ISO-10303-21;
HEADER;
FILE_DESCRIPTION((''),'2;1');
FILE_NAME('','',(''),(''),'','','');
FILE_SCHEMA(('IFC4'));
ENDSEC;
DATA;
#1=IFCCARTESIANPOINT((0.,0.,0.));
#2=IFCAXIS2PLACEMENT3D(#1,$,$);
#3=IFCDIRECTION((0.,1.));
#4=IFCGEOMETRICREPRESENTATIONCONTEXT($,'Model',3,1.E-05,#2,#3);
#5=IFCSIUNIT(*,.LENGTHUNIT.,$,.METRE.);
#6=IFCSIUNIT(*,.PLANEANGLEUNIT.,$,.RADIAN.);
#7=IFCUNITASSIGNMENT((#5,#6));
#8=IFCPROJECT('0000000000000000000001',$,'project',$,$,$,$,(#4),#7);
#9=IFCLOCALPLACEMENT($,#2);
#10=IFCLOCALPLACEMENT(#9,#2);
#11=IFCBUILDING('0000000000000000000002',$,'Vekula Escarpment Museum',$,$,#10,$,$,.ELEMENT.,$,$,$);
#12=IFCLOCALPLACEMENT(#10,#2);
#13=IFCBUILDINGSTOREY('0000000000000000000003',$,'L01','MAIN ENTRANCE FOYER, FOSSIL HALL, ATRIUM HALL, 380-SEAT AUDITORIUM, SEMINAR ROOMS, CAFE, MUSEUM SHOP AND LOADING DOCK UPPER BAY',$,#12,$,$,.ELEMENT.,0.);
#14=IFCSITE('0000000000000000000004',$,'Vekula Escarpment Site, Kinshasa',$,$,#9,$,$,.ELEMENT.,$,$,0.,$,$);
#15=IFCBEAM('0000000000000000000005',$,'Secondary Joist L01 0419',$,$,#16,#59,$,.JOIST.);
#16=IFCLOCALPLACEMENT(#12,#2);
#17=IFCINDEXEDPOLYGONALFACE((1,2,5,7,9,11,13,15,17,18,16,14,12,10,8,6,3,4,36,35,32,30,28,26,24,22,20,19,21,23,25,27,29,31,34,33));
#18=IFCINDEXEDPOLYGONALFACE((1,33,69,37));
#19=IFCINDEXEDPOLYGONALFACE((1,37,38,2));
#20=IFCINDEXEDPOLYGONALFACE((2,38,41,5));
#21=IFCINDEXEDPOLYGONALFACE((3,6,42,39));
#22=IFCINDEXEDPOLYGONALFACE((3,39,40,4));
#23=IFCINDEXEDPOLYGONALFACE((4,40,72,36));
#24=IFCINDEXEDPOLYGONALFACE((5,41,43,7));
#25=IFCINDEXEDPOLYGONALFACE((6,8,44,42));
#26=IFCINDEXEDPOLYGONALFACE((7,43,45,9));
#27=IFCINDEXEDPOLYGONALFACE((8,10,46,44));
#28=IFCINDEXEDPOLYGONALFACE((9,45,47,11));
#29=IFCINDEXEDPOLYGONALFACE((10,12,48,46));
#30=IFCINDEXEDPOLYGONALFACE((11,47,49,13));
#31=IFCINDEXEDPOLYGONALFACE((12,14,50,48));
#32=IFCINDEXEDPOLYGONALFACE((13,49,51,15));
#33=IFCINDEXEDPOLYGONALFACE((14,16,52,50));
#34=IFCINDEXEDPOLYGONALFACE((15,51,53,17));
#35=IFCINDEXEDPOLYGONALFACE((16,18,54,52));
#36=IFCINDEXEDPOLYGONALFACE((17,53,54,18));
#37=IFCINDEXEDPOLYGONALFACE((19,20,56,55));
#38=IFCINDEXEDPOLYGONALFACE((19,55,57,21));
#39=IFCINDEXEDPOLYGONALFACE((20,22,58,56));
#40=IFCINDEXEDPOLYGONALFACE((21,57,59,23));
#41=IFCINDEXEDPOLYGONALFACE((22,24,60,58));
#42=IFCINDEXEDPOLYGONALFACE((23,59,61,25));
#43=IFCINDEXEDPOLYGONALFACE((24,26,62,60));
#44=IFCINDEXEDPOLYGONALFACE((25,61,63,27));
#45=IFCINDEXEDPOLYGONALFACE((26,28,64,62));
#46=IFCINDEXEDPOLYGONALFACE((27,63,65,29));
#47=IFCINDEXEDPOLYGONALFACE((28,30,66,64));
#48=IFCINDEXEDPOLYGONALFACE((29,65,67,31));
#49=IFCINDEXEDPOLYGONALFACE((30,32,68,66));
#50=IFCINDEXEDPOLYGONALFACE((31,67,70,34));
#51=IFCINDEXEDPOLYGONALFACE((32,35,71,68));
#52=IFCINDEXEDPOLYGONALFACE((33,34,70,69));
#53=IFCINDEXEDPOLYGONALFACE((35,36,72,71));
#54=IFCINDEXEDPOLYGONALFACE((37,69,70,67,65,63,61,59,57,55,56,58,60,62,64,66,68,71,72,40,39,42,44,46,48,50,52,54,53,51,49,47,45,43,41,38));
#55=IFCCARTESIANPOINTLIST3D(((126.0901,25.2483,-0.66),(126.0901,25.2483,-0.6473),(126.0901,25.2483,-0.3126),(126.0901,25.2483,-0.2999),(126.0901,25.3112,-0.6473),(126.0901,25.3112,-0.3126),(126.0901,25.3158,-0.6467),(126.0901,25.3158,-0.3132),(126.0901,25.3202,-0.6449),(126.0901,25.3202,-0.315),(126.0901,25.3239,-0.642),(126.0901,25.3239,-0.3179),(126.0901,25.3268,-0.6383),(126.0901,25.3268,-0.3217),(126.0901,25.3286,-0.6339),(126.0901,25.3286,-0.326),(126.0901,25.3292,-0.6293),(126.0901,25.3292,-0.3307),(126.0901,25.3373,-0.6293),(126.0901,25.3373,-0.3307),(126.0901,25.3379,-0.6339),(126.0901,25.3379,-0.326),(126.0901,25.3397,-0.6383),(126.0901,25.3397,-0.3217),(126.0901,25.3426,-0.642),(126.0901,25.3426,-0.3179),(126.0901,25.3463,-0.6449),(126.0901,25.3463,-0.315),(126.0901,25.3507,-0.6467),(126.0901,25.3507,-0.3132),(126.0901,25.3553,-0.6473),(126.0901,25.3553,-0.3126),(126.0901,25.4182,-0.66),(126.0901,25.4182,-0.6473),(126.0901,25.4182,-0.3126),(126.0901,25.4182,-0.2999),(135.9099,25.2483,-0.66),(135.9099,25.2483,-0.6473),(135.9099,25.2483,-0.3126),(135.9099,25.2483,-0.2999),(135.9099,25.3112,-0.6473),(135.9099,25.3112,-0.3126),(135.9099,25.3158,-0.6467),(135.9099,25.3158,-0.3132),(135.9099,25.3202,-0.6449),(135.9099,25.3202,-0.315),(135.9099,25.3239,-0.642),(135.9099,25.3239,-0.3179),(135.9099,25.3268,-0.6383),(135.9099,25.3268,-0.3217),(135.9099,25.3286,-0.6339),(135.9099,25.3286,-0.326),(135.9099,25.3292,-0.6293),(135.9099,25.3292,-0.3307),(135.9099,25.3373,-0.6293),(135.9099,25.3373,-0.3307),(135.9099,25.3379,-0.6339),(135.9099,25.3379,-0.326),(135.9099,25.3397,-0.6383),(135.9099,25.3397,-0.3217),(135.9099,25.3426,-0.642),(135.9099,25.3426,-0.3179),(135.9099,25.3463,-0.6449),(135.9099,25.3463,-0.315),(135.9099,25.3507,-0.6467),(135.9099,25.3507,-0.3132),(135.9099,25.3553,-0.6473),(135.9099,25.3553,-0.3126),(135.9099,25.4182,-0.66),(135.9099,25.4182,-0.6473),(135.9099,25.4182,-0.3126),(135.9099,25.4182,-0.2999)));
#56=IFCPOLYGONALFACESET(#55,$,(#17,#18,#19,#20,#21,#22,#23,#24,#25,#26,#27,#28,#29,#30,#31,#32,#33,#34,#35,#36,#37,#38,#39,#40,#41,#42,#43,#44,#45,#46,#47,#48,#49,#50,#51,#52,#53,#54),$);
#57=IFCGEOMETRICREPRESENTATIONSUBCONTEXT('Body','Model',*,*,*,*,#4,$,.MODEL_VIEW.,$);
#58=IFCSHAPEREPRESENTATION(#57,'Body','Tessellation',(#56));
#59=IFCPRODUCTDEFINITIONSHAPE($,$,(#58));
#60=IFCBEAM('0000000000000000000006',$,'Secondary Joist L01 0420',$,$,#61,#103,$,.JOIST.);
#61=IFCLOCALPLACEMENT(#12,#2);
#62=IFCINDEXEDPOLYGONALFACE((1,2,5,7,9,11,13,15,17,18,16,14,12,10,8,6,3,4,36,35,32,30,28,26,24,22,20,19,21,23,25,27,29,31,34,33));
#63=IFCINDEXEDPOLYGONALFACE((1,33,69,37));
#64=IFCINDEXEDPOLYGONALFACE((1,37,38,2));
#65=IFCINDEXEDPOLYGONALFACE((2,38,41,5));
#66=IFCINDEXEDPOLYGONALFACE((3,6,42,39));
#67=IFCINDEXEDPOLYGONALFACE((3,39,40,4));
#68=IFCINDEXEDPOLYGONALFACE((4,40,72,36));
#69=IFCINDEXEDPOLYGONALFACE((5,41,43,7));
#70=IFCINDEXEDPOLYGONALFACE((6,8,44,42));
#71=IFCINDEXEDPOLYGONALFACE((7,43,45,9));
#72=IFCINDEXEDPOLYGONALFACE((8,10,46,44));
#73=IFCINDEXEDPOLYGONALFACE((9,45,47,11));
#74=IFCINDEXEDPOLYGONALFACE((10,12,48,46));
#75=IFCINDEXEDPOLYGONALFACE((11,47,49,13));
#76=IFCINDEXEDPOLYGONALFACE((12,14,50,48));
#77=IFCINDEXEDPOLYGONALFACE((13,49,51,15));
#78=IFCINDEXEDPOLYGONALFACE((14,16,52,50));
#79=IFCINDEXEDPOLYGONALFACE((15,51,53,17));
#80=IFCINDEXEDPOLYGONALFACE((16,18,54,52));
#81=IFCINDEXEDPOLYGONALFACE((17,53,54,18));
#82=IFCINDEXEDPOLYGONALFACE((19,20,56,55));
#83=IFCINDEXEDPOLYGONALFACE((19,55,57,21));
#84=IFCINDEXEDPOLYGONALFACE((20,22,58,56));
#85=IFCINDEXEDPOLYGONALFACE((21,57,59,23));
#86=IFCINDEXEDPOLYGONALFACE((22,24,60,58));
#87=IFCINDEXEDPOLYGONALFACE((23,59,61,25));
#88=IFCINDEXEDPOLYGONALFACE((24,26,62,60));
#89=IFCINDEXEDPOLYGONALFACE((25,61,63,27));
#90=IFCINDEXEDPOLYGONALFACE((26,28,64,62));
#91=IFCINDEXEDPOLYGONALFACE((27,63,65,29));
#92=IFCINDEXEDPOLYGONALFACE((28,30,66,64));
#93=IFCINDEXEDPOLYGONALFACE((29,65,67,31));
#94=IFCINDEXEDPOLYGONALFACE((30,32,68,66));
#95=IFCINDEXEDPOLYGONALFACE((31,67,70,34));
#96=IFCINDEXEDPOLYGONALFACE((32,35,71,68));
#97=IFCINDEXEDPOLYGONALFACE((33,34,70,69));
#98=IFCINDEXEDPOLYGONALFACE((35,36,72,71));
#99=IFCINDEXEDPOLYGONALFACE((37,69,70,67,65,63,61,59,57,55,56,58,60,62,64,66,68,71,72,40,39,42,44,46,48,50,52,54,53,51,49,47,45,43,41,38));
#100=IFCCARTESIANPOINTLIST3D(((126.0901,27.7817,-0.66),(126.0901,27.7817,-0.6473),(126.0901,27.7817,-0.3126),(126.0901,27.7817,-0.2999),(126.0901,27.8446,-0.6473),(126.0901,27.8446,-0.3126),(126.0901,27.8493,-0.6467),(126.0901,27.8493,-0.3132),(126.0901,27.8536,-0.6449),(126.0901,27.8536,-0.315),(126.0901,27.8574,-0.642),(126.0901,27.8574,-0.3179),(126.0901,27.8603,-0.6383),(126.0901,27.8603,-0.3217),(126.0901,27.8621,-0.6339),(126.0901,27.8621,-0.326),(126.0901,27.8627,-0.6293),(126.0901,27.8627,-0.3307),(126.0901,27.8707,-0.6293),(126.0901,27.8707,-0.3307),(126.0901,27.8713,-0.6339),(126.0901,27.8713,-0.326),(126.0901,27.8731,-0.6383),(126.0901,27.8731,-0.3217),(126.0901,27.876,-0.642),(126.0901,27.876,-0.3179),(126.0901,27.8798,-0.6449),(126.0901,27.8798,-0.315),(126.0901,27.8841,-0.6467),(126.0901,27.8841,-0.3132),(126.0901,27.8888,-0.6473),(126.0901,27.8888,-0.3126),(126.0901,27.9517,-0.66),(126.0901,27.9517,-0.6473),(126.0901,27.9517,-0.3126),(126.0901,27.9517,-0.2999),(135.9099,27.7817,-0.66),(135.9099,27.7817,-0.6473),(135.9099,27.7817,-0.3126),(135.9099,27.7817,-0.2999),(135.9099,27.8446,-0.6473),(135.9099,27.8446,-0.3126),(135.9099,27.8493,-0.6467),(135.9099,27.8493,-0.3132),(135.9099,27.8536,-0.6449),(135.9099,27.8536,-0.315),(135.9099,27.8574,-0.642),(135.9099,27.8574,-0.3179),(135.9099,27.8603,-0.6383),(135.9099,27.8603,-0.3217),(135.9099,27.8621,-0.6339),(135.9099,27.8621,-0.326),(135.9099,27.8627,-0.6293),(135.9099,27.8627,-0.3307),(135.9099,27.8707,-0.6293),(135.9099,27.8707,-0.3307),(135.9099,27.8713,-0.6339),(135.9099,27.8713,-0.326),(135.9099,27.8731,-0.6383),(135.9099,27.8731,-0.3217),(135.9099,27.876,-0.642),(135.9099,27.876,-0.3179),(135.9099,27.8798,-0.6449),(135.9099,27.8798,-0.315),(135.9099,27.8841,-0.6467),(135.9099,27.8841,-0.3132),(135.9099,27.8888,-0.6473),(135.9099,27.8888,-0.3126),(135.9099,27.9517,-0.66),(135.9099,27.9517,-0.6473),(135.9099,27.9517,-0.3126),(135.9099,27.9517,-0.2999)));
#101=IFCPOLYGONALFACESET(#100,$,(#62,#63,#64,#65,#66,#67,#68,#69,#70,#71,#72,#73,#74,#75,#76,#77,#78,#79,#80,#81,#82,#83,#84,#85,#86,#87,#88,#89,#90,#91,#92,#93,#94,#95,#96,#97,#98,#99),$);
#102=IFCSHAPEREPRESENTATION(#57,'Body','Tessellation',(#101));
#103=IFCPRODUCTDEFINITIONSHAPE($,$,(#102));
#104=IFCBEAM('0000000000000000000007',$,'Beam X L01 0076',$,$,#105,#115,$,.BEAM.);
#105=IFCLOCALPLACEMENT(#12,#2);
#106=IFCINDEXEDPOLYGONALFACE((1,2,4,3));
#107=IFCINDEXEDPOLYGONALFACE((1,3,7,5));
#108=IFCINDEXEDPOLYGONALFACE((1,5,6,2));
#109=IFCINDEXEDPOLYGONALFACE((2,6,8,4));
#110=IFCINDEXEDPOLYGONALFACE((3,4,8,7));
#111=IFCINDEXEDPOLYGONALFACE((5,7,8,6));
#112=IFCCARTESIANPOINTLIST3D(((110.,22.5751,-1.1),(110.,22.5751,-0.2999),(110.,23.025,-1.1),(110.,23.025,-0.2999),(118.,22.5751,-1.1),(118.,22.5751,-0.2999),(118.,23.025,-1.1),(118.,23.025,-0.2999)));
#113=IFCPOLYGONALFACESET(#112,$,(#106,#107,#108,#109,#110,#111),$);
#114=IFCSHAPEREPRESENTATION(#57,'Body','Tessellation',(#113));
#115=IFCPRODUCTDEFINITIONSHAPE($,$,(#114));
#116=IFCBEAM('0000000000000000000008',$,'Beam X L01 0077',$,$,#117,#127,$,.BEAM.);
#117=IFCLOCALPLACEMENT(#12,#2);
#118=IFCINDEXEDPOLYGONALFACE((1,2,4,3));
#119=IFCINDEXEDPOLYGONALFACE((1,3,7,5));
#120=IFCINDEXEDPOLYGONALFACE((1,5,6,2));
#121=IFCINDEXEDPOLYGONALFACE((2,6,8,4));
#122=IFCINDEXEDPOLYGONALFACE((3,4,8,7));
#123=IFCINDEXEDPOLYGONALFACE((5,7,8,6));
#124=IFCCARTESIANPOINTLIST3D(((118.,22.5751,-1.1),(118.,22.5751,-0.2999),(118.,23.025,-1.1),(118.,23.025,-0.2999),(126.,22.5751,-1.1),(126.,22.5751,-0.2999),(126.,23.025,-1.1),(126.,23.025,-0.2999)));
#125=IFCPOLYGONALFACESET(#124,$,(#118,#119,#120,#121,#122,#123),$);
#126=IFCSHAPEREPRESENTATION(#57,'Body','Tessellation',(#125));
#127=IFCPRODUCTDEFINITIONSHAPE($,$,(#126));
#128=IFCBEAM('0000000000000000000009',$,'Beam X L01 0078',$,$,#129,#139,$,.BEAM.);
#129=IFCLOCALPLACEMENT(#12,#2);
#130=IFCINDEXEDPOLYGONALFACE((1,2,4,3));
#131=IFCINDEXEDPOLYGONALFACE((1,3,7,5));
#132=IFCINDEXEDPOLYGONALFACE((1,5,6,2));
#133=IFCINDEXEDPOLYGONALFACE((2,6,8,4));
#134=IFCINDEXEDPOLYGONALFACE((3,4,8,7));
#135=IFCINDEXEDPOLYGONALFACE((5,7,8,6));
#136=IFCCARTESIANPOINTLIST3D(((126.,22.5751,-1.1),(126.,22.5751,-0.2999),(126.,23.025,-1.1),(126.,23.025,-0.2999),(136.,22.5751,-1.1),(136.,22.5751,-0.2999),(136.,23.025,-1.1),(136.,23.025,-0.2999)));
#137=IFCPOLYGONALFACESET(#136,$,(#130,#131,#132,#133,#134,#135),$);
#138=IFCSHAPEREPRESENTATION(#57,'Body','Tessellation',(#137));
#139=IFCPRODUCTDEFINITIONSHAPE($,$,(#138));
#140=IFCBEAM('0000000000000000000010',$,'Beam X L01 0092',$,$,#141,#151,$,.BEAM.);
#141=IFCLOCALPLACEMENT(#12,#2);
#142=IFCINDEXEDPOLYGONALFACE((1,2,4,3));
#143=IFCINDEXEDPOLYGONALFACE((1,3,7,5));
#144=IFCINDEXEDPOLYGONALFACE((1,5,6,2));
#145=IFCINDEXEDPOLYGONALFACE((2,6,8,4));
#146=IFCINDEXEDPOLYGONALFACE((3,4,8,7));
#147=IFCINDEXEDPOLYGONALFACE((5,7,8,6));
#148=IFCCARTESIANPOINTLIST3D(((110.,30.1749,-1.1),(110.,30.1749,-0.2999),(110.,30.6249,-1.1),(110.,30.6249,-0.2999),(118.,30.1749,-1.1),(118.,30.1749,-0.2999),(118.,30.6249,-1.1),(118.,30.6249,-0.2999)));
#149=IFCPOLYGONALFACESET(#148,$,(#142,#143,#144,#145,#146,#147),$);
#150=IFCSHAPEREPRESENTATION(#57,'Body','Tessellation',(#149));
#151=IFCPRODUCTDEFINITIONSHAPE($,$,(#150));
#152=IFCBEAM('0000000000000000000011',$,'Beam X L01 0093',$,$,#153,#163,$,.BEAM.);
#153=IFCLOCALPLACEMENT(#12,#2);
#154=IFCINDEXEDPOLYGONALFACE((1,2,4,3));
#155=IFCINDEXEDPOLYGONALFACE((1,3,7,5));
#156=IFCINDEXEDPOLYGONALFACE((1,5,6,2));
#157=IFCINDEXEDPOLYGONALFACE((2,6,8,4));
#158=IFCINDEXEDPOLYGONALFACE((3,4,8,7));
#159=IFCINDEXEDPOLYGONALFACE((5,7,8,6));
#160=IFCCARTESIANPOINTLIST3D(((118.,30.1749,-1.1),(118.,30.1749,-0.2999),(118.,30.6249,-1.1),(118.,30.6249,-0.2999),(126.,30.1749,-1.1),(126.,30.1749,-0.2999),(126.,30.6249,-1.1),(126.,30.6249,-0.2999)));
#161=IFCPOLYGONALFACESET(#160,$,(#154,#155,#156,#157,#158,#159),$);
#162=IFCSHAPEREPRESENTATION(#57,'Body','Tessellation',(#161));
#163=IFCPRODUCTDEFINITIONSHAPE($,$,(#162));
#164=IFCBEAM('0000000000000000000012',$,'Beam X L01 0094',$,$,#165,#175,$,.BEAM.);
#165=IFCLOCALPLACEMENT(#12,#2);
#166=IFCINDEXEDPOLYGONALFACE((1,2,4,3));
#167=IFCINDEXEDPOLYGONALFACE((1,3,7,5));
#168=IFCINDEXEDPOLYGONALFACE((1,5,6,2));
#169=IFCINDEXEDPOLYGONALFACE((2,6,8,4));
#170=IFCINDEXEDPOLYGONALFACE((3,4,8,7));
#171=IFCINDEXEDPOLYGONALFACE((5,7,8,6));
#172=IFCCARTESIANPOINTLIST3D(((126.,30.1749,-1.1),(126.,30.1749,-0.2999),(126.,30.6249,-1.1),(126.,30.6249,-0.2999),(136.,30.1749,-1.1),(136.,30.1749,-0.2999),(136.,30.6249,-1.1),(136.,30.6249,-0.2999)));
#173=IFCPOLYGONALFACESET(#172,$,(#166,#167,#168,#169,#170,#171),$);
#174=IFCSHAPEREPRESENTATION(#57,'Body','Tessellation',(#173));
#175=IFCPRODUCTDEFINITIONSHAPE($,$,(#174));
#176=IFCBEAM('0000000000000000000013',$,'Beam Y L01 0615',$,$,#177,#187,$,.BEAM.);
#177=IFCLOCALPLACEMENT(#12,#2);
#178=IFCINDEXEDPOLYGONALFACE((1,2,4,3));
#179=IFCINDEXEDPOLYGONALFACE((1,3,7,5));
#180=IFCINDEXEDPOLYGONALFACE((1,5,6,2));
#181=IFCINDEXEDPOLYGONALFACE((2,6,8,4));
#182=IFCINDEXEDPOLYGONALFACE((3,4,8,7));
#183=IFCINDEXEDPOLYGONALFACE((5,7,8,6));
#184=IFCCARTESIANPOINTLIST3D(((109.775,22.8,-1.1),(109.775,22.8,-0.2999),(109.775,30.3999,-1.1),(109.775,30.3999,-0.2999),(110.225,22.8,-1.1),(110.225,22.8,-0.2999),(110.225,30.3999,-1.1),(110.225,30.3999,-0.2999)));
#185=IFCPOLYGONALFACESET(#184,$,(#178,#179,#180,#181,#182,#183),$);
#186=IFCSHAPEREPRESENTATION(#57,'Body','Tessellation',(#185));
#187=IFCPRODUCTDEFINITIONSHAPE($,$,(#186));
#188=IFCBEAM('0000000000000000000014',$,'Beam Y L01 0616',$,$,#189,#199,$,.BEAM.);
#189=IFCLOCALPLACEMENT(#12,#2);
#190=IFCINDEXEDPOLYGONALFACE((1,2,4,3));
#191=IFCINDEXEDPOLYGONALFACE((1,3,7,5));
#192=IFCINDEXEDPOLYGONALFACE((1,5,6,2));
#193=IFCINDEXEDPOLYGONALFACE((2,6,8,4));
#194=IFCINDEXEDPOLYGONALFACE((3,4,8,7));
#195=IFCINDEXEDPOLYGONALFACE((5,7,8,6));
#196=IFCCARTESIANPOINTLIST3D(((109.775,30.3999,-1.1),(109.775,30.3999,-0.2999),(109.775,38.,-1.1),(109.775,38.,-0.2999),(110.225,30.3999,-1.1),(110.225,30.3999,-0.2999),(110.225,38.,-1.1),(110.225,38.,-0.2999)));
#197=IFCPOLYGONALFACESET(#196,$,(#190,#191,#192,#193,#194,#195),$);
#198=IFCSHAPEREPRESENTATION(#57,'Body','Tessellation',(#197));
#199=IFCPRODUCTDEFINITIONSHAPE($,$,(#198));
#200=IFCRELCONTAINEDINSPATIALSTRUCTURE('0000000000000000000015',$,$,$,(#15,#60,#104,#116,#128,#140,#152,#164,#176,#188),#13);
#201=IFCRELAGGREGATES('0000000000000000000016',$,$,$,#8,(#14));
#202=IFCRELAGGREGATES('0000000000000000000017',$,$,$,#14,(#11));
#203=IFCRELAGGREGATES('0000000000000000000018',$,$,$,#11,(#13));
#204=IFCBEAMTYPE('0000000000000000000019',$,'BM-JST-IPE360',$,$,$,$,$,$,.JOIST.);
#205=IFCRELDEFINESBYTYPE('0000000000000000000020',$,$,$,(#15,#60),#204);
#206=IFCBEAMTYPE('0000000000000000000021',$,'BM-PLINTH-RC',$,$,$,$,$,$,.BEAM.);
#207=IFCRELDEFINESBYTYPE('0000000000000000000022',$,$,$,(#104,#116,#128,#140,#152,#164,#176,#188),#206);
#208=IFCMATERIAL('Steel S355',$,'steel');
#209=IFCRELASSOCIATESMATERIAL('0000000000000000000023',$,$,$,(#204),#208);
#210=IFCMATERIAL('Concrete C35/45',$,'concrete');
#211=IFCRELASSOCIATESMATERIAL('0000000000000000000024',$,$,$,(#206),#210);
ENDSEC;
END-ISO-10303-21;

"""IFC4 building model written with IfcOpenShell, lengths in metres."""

from ifc_helpers import new_model, si_unit, direction, frame, origin, origin_2d, place, context, subcontext, project, spatial, rectangle, i_section, extrude, material, material_profile, profile_set, type_object, element, save


model = new_model("IFC4")

# Units and contexts
model_context = context("Model", 3, precision=1e-05, world=origin(), true_north=direction((0.0, 1.0)))
body_context = subcontext(model_context, "Body", "Model", "MODEL_VIEW")
ifc_project = project(units=[si_unit("LENGTHUNIT", "METRE"), si_unit("PLANEANGLEUNIT", "RADIAN")], contexts=[model_context])

# Site, building, storey
site_placement = place(None, origin())
site = spatial("IfcSite", under=ifc_project, at=site_placement, Name="Vekula Escarpment Site, Kinshasa", CompositionType="ELEMENT", RefElevation=0.0)
building_placement = place(site_placement, origin())
building = spatial("IfcBuilding", under=site, at=building_placement, Name="Vekula Escarpment Museum", CompositionType="ELEMENT")
storey_placement = place(building_placement, origin())
storey = spatial("IfcBuildingStorey", under=building, at=storey_placement, Name="L01", Description="MAIN ENTRANCE FOYER, FOSSIL HALL, ATRIUM HALL, 380-SEAT AUDITORIUM, SEMINAR ROOMS, CAFE, MUSEUM SHOP AND LOADING DOCK UPPER BAY", CompositionType="ELEMENT", Elevation=0.0)

# Beams
ifc_material_1 = material(Name="Steel S355", Category="steel")
ifc_material_profile_1 = material_profile(ifc_material_1, i_section(OverallWidth=0.1699, OverallDepth=0.3601, WebThickness=0.0081, FlangeThickness=0.0127, FilletRadius=0.0181, at=origin_2d()), Name="IPE 360")
ifc_profile_set_1 = profile_set([ifc_material_profile_1], Name="Steel S355")
beam_type_1 = type_object("IfcBeamType", Name="BM-JST-IPE360", PredefinedType="JOIST", material=ifc_profile_set_1)
for number, where, z_axis, x_axis, name in (
    (1, (126.0901, 25.3333, -0.48), (1.0, 0.0, 0.0), (0.0, 1.0, 0.0), "Secondary Joist L01 0419"),
    (2, (126.0901, 27.8667, -0.48), (1.0, 0.0, 0.0), (0.0, 1.0, 0.0), "Secondary Joist L01 0420"),
):
    element("IfcBeam", number, at=place(storey_placement, frame(where, z_axis=z_axis, x_axis=x_axis)), inside=storey, type_object=beam_type_1, Name=name, PredefinedType="JOIST", context=body_context, shape_type="SweptSolid", body=[
        extrude(i_section(OverallWidth=0.1699, OverallDepth=0.3601, WebThickness=0.0081, FlangeThickness=0.0127, FilletRadius=0.0181, at=origin_2d()), origin(), (0.0, 0.0, 1.0), 9.8198),
    ])
ifc_material_2 = material(Name="Concrete C35/45", Category="concrete")
ifc_material_profile_2 = material_profile(ifc_material_2, rectangle(XDim=0.45, YDim=0.8, at=origin_2d()), Name="RC 450x800")
ifc_profile_set_2 = profile_set([ifc_material_profile_2], Name="Concrete C35/45")
beam_type_2 = type_object("IfcBeamType", Name="BM-PLINTH-RC", PredefinedType="BEAM", material=ifc_profile_set_2)
for number, where, z_axis, x_axis, name in (
    (3, (110.0, 22.8, -0.7), (1.0, 0.0, 0.0), (0.0, 1.0, 0.0), "Beam X L01 0076"),
    (4, (118.0, 22.8, -0.7), (1.0, 0.0, 0.0), (0.0, 1.0, 0.0), "Beam X L01 0077"),
):
    element("IfcBeam", number, at=place(storey_placement, frame(where, z_axis=z_axis, x_axis=x_axis)), inside=storey, type_object=beam_type_2, Name=name, PredefinedType="BEAM", context=body_context, shape_type="SweptSolid", body=[
        extrude(rectangle(XDim=0.45, YDim=0.8, at=origin_2d()), origin(), (0.0, 0.0, 1.0), 8.0),
    ])
beam_1_placement = place(storey_placement, frame((126.0, 22.8, -0.7), z_axis=(1.0, 0.0, 0.0), x_axis=(0.0, 1.0, 0.0)))
element("IfcBeam", 5, at=beam_1_placement, inside=storey, type_object=beam_type_2, Name="Beam X L01 0078", PredefinedType="BEAM", context=body_context, shape_type="SweptSolid", body=[
    extrude(rectangle(XDim=0.45, YDim=0.8, at=origin_2d()), origin(), (0.0, 0.0, 1.0), 10.0),
])
for number, where, z_axis, x_axis, name in (
    (6, (110.0, 30.3999, -0.7), (1.0, 0.0, 0.0), (0.0, 1.0, 0.0), "Beam X L01 0092"),
    (7, (118.0, 30.3999, -0.7), (1.0, 0.0, 0.0), (0.0, 1.0, 0.0), "Beam X L01 0093"),
):
    element("IfcBeam", number, at=place(storey_placement, frame(where, z_axis=z_axis, x_axis=x_axis)), inside=storey, type_object=beam_type_2, Name=name, PredefinedType="BEAM", context=body_context, shape_type="SweptSolid", body=[
        extrude(rectangle(XDim=0.45, YDim=0.8, at=origin_2d()), origin(), (0.0, 0.0, 1.0), 8.0),
    ])
beam_2_placement = place(storey_placement, frame((126.0, 30.3999, -0.7), z_axis=(1.0, 0.0, 0.0), x_axis=(0.0, 1.0, 0.0)))
element("IfcBeam", 8, at=beam_2_placement, inside=storey, type_object=beam_type_2, Name="Beam X L01 0094", PredefinedType="BEAM", context=body_context, shape_type="SweptSolid", body=[
    extrude(rectangle(XDim=0.45, YDim=0.8, at=origin_2d()), origin(), (0.0, 0.0, 1.0), 10.0),
])
beam_3_placement = place(storey_placement, frame((110.0, 22.8, -0.7), z_axis=(0.0, 1.0, 0.0), x_axis=(-1.0, 0.0, 0.0)))
element("IfcBeam", 9, at=beam_3_placement, inside=storey, type_object=beam_type_2, Name="Beam Y L01 0615", PredefinedType="BEAM", context=body_context, shape_type="SweptSolid", body=[
    extrude(rectangle(XDim=0.45, YDim=0.8, at=origin_2d()), origin(), (0.0, 0.0, 1.0), 7.5999),
])
beam_4_placement = place(storey_placement, frame((110.0, 30.3999, -0.7), z_axis=(0.0, 1.0, 0.0), x_axis=(-1.0, 0.0, 0.0)))
element("IfcBeam", 10, at=beam_4_placement, inside=storey, type_object=beam_type_2, Name="Beam Y L01 0616", PredefinedType="BEAM", context=body_context, shape_type="SweptSolid", body=[
    extrude(rectangle(XDim=0.45, YDim=0.8, at=origin_2d()), origin(), (0.0, 0.0, 1.0), 7.6001),
])

save(model, "model.ifc")
